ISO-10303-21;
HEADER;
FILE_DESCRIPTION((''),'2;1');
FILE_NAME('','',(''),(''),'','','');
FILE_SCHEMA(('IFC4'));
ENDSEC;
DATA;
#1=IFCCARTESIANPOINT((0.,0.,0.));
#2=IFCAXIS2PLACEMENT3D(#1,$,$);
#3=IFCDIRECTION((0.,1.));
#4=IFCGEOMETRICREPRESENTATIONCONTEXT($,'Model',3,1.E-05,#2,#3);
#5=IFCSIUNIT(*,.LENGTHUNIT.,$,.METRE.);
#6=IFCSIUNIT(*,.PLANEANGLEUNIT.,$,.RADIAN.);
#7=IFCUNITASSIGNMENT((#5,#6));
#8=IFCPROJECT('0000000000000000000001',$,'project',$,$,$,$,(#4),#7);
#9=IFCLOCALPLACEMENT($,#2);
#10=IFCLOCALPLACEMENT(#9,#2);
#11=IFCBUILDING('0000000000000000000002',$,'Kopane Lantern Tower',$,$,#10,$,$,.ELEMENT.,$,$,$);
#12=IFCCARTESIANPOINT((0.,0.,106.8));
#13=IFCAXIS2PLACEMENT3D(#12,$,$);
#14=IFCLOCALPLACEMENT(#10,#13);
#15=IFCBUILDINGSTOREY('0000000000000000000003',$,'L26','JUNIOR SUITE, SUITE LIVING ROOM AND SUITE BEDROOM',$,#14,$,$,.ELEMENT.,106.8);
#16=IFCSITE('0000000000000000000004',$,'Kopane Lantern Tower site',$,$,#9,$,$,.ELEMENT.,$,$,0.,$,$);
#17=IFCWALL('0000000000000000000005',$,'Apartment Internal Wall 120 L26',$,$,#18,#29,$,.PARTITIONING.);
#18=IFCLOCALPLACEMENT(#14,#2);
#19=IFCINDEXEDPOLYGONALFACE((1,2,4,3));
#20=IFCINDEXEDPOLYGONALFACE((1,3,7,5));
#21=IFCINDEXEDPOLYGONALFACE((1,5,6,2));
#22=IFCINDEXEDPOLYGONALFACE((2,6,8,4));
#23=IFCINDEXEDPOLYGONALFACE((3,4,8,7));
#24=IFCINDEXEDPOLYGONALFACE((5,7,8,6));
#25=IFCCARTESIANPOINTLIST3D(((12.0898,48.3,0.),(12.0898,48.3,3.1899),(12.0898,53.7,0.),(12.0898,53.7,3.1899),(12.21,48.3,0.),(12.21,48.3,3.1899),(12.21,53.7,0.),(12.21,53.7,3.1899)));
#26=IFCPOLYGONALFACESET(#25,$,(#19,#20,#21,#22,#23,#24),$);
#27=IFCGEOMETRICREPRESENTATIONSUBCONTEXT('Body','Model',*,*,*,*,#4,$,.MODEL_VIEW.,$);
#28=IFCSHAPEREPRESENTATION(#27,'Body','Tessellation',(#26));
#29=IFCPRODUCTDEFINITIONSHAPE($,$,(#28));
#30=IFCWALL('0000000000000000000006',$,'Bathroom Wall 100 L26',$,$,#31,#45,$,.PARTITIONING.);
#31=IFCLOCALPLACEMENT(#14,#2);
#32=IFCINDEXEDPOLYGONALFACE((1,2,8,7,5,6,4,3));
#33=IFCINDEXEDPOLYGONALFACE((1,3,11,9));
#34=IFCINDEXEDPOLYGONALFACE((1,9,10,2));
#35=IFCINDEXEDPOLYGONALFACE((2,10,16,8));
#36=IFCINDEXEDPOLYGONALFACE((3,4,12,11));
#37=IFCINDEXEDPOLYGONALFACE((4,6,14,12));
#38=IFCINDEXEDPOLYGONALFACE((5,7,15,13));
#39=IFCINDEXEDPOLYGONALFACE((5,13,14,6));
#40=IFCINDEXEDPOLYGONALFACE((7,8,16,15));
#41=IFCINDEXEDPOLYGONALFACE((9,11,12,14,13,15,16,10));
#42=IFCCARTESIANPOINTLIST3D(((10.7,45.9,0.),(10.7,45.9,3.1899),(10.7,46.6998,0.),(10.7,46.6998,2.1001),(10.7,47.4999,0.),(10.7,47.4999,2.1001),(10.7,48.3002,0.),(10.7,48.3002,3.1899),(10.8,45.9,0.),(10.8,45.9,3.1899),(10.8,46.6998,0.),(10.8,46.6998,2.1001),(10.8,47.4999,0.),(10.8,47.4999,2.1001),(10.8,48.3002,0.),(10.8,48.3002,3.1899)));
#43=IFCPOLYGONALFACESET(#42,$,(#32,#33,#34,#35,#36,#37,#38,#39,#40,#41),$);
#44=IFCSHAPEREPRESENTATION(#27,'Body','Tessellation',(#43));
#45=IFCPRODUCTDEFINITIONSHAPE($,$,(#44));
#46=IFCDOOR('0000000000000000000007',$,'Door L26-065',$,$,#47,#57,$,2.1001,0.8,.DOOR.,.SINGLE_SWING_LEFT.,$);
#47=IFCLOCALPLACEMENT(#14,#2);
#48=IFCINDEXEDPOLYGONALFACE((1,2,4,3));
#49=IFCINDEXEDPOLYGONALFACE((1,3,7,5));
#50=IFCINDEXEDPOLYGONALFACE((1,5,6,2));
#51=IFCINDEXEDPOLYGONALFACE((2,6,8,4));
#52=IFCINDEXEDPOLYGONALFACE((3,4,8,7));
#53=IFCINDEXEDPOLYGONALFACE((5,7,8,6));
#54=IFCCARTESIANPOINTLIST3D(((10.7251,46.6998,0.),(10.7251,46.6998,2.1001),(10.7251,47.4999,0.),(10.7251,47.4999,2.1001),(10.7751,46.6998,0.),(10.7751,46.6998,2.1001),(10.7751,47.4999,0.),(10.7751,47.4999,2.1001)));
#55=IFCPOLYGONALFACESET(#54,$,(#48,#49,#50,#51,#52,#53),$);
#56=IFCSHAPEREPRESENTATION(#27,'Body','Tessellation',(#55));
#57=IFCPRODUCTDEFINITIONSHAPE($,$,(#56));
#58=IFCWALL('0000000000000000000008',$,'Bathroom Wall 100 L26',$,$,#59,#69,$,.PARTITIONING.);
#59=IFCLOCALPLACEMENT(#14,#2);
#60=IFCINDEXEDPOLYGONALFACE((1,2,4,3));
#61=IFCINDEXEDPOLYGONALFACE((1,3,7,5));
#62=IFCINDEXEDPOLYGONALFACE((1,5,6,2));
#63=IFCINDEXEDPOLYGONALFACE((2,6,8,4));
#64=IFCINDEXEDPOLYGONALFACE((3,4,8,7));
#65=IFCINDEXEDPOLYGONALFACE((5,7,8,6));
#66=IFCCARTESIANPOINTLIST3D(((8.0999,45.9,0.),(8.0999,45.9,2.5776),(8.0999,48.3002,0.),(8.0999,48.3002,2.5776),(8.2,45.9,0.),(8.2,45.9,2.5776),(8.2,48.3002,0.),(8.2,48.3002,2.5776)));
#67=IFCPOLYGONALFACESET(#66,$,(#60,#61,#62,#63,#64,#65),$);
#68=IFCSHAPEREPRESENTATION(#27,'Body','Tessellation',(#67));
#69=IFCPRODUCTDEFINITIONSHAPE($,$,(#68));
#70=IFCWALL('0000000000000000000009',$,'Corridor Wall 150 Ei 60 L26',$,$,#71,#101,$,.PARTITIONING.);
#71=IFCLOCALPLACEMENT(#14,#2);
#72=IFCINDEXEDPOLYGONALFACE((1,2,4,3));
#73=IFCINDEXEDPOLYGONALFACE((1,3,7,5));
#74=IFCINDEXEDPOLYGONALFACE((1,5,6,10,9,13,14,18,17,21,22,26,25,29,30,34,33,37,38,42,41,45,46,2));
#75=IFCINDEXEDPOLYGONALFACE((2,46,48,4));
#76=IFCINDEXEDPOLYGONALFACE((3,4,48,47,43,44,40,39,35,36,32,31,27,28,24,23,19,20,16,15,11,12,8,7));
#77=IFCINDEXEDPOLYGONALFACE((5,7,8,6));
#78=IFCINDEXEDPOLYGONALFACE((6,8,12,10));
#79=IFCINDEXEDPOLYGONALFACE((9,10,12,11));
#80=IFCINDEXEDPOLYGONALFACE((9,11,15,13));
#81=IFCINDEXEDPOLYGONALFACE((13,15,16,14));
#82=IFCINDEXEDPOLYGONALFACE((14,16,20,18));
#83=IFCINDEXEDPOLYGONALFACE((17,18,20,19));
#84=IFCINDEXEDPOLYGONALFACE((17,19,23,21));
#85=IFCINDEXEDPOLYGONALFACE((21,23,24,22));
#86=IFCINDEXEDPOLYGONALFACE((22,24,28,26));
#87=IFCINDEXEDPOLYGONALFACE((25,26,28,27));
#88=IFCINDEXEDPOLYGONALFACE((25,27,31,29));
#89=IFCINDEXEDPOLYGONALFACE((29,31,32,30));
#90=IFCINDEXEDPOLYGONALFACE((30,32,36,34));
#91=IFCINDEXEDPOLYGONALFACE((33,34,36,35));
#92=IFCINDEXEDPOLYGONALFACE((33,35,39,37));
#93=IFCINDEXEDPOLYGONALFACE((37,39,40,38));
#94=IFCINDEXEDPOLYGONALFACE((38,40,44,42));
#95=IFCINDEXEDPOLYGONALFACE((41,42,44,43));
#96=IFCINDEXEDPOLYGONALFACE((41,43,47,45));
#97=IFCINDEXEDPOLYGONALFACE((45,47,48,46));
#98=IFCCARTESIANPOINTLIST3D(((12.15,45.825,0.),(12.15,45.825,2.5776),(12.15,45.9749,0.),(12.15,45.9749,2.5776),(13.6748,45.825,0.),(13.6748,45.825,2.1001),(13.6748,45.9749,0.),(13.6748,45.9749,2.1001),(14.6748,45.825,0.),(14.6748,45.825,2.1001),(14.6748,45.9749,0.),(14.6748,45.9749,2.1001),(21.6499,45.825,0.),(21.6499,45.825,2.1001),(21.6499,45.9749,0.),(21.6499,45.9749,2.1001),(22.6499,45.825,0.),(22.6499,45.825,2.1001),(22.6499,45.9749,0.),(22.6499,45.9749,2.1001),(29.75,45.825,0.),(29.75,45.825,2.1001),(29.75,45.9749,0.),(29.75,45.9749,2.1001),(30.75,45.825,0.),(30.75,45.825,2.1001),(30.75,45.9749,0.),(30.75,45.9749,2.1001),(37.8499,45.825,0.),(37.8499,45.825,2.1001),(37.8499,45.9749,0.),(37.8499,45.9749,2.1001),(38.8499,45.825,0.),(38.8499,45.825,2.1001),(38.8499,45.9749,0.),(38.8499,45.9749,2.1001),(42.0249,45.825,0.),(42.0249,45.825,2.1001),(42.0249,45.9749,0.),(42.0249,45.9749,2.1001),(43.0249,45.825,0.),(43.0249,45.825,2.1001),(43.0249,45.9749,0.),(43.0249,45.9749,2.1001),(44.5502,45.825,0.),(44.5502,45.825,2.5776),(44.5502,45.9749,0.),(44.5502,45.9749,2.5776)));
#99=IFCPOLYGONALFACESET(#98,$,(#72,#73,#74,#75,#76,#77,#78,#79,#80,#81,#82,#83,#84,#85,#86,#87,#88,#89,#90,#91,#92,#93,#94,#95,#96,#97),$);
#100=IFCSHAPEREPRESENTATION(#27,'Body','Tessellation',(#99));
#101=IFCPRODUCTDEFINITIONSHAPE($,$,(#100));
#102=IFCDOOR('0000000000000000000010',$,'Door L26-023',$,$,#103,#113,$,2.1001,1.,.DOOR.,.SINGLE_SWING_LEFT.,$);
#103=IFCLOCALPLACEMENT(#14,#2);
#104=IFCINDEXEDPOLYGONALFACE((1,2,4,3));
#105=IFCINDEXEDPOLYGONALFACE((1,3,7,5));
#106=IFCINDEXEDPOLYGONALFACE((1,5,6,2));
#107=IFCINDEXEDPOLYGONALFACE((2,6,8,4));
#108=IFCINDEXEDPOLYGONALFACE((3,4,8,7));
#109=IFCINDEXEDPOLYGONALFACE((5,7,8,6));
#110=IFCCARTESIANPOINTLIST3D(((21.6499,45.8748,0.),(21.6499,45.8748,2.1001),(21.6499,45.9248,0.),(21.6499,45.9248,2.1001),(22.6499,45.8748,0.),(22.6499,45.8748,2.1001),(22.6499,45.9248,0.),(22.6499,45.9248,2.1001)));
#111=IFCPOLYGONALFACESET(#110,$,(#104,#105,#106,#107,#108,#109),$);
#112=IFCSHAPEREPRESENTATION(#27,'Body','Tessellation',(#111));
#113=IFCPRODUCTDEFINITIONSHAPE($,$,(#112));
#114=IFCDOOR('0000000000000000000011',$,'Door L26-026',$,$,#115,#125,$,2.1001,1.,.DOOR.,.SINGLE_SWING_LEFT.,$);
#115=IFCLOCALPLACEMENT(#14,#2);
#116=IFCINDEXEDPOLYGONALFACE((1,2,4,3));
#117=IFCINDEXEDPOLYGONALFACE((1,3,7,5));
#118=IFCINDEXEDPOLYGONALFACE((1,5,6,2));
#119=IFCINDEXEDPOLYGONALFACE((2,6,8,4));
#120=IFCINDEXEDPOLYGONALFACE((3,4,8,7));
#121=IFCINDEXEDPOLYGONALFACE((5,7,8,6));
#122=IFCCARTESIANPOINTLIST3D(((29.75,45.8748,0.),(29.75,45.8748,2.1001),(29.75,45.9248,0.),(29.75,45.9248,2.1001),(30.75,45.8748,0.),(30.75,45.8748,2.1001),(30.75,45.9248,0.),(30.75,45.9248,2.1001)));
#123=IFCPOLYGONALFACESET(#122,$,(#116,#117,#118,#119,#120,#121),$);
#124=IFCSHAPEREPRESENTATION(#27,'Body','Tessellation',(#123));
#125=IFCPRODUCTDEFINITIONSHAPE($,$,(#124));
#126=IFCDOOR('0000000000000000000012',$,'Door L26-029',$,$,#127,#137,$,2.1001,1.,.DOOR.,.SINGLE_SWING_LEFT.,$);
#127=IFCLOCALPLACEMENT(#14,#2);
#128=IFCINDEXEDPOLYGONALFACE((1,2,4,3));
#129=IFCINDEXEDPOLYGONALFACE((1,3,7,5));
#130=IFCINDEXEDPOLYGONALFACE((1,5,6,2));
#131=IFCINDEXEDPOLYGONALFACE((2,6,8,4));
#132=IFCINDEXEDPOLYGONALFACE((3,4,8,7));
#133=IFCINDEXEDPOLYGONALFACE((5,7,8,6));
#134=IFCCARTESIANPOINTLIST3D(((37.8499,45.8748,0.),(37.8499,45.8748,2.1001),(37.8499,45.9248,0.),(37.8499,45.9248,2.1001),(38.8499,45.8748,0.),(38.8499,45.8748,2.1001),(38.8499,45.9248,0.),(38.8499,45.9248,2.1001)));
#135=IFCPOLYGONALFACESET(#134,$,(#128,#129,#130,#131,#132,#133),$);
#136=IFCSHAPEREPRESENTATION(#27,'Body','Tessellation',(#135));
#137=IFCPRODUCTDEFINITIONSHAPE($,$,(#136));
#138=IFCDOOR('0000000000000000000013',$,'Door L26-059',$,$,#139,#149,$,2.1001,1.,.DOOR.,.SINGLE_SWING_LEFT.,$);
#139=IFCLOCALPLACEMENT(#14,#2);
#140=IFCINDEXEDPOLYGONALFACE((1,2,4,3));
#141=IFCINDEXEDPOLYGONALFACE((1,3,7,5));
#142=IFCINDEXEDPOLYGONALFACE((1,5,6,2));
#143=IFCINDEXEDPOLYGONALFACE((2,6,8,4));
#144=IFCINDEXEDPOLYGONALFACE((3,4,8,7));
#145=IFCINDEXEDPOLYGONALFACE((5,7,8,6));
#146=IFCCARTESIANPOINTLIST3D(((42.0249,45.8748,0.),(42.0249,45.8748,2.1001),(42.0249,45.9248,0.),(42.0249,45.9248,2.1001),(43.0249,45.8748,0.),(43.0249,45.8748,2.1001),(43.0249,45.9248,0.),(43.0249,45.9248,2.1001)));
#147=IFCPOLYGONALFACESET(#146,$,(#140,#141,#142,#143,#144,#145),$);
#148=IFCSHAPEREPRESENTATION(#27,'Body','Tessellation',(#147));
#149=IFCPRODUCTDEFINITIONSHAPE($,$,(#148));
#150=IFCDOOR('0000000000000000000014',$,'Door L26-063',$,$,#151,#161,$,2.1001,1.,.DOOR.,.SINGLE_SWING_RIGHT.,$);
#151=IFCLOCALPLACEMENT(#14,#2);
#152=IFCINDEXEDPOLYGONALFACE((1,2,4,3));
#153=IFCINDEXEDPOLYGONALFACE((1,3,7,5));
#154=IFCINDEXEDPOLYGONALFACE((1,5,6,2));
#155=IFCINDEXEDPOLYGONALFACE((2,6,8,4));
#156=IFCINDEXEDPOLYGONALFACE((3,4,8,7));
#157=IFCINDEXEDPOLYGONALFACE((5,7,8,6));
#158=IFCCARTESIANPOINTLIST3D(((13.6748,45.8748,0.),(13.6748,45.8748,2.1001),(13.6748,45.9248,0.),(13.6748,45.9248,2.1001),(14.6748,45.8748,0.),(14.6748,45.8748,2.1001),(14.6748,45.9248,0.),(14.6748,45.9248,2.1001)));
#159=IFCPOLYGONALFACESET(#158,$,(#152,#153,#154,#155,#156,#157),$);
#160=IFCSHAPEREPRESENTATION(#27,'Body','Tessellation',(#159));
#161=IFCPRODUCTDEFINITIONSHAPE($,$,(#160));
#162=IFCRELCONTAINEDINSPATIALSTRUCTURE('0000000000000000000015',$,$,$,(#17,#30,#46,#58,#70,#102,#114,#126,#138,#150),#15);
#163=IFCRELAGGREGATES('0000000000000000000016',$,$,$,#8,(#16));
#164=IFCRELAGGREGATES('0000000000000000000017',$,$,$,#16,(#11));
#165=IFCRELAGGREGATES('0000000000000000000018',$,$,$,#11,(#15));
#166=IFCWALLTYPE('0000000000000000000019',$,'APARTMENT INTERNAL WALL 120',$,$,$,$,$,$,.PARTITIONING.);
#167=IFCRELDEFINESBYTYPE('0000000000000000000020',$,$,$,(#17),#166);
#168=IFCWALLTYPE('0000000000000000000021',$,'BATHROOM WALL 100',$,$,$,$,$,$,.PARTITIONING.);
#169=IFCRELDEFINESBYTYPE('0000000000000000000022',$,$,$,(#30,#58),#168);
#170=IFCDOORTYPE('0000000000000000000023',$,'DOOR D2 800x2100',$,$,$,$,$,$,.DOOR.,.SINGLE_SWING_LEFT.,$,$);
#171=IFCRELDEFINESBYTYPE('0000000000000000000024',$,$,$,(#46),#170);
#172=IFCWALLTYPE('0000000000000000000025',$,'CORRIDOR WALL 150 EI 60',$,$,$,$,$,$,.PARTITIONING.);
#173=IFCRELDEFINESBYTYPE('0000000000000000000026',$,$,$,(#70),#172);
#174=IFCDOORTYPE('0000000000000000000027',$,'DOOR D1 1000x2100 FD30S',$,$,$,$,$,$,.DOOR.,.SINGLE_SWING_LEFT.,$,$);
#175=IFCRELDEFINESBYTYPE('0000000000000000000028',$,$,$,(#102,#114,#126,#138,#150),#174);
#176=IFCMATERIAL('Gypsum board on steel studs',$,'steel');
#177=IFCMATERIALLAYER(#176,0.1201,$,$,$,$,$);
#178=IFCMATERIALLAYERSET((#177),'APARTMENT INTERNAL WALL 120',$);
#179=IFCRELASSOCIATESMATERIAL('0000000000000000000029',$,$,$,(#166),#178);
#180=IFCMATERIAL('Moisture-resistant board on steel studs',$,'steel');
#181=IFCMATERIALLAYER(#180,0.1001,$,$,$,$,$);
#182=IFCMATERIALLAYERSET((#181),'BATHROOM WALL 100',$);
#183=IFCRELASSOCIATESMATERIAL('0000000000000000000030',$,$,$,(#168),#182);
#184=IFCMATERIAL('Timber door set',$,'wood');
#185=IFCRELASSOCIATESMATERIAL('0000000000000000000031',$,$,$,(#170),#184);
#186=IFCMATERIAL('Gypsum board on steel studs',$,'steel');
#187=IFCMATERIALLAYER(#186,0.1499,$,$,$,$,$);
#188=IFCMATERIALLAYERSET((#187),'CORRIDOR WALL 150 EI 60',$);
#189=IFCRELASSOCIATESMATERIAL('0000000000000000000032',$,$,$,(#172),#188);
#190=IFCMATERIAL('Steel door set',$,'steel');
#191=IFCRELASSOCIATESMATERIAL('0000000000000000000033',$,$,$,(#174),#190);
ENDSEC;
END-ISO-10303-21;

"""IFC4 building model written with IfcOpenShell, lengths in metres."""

from ifc_helpers import new_model, si_unit, direction, frame, frame_2d, origin, place, context, subcontext, project, spatial, rectangle, extrude, material, layer, layer_set, type_object, element, fill, save


model = new_model("IFC4")

# Units and contexts
model_context = context("Model", 3, precision=1e-05, world=origin(), true_north=direction((0.0, 1.0)))
body_context = subcontext(model_context, "Body", "Model", "MODEL_VIEW")
ifc_project = project(units=[si_unit("LENGTHUNIT", "METRE"), si_unit("PLANEANGLEUNIT", "RADIAN")], contexts=[model_context])

# Site, building, storey
site_placement = place(None, origin())
site = spatial("IfcSite", under=ifc_project, at=site_placement, Name="Kopane Lantern Tower site", CompositionType="ELEMENT", RefElevation=0.0)
building_placement = place(site_placement, origin())
building = spatial("IfcBuilding", under=site, at=building_placement, Name="Kopane Lantern Tower", CompositionType="ELEMENT")
storey_placement = place(building_placement, frame((0.0, 0.0, 106.8)))
storey = spatial("IfcBuildingStorey", under=building, at=storey_placement, Name="L26", Description="JUNIOR SUITE, SUITE LIVING ROOM AND SUITE BEDROOM", CompositionType="ELEMENT", Elevation=106.8)

# Shared definitions
ifc_material_1 = material(Name="Gypsum board on steel studs", Category="steel")
ifc_layer_1 = layer(ifc_material_1, 0.1201)
ifc_layer_set_1 = layer_set([ifc_layer_1], Name="APARTMENT INTERNAL WALL 120")
wall_type_1 = type_object("IfcWallType", Name="APARTMENT INTERNAL WALL 120", PredefinedType="PARTITIONING", material=ifc_layer_set_1)

# Wall
wall_1_placement = place(storey_placement, frame((12.1499, 48.3, 0.0), z_axis=(0.0, 0.0, 1.0), x_axis=(0.0, 1.0, 0.0)))
element("IfcWall", 1, at=wall_1_placement, inside=storey, type_object=wall_type_1, Name="Apartment Internal Wall 120 L26", PredefinedType="PARTITIONING", context=body_context, shape_type="SweptSolid", body=[
    extrude(rectangle(XDim=5.3999, YDim=0.1201, at=frame_2d((2.7, 0.0))), origin(), (0.0, 0.0, 1.0), 3.1899),
])

# Wall, opening, door
ifc_material_2 = material(Name="Moisture-resistant board on steel studs", Category="steel")
ifc_layer_2 = layer(ifc_material_2, 0.1001)
ifc_layer_set_2 = layer_set([ifc_layer_2], Name="BATHROOM WALL 100")
wall_type_2 = type_object("IfcWallType", Name="BATHROOM WALL 100", PredefinedType="PARTITIONING", material=ifc_layer_set_2)
wall_2_placement = place(storey_placement, frame((10.75, 45.8999, 0.0), z_axis=(0.0, 0.0, 1.0), x_axis=(0.0, 1.0, 0.0)))
wall_2 = element("IfcWall", 2, at=wall_2_placement, inside=storey, type_object=wall_type_2, Name="Bathroom Wall 100 L26", PredefinedType="PARTITIONING", context=body_context, shape_type="SweptSolid", body=[
    extrude(rectangle(XDim=2.4001, YDim=0.1001, at=frame_2d((1.2002, 0.0))), origin(), (0.0, 0.0, 1.0), 3.1899),
])
opening_1_placement = place(wall_2_placement, frame((0.8, 0.0, 0.0)))
opening_1 = element("IfcOpeningElement", 3, at=opening_1_placement, cuts=wall_2, PredefinedType="OPENING", context=body_context, shape_type="SweptSolid", body=[
    extrude(rectangle(XDim=0.8, YDim=2.1001, at=frame_2d((0.3999, 1.05))), frame((0.0, 0.0601, 0.0), z_axis=(0.0, -1.0, 0.0), x_axis=(1.0, 0.0, 0.0)), (0.0, 0.0, 1.0), 0.1201),
])
ifc_material_3 = material(Name="Timber door set", Category="wood")
door_type_1 = type_object("IfcDoorType", Name="DOOR D2 800x2100", OperationType="SINGLE_SWING_LEFT", PredefinedType="DOOR", material=ifc_material_3)
door_1_placement = place(opening_1_placement, origin())
door_1 = element("IfcDoor", 4, at=door_1_placement, inside=storey, type_object=door_type_1, Name="Door L26-065", OperationType="SINGLE_SWING_LEFT", OverallHeight=2.1001, OverallWidth=0.8, PredefinedType="DOOR", context=body_context, shape_type="SweptSolid", body=[
    extrude(rectangle(XDim=0.8, YDim=2.1001, at=frame_2d((0.3999, 1.05))), frame((0.0, 0.0249, 0.0), z_axis=(0.0, -1.0, 0.0), x_axis=(1.0, 0.0, 0.0)), (0.0, 0.0, 1.0), 0.05),
])
fill(opening_1, door_1)

# Wall
wall_3_placement = place(storey_placement, frame((8.1499, 45.8999, 0.0), z_axis=(0.0, 0.0, 1.0), x_axis=(0.0, 1.0, 0.0)))
element("IfcWall", 5, at=wall_3_placement, inside=storey, type_object=wall_type_2, Name="Bathroom Wall 100 L26", PredefinedType="PARTITIONING", context=body_context, shape_type="SweptSolid", body=[
    extrude(rectangle(XDim=2.4001, YDim=0.1001, at=frame_2d((1.2002, 0.0))), origin(), (0.0, 0.0, 1.0), 2.5776),
])

# Wall, openings, doors
ifc_material_4 = material(Name="Gypsum board on steel studs", Category="steel")
ifc_layer_3 = layer(ifc_material_4, 0.1499)
ifc_layer_set_3 = layer_set([ifc_layer_3], Name="CORRIDOR WALL 150 EI 60")
wall_type_3 = type_object("IfcWallType", Name="CORRIDOR WALL 150 EI 60", PredefinedType="PARTITIONING", material=ifc_layer_set_3)
wall_4_placement = place(storey_placement, frame((12.1499, 45.8999, 0.0), z_axis=(0.0, 0.0, 1.0), x_axis=(1.0, 0.0, 0.0)))
wall_4 = element("IfcWall", 6, at=wall_4_placement, inside=storey, type_object=wall_type_3, Name="Corridor Wall 150 Ei 60 L26", PredefinedType="PARTITIONING", context=body_context, shape_type="SweptSolid", body=[
    extrude(rectangle(XDim=32.4001, YDim=0.1499, at=frame_2d((16.2002, 0.0))), origin(), (0.0, 0.0, 1.0), 2.5776),
])
opening_2_placement = place(wall_4_placement, frame((9.5, 0.0, 0.0)))
opening_2 = element("IfcOpeningElement", 7, at=opening_2_placement, cuts=wall_4, PredefinedType="OPENING", context=body_context, shape_type="SweptSolid", body=[
    extrude(rectangle(XDim=1.0, YDim=2.1001, at=frame_2d((0.5, 1.05))), frame((0.0, 0.085, 0.0), z_axis=(0.0, -1.0, 0.0), x_axis=(1.0, 0.0, 0.0)), (0.0, 0.0, 1.0), 0.1699),
])
opening_3_placement = place(wall_4_placement, frame((17.6001, 0.0, 0.0)))
opening_3 = element("IfcOpeningElement", 8, at=opening_3_placement, cuts=wall_4, PredefinedType="OPENING", context=body_context, shape_type="SweptSolid", body=[
    extrude(rectangle(XDim=1.0, YDim=2.1001, at=frame_2d((0.5, 1.05))), frame((0.0, 0.085, 0.0), z_axis=(0.0, -1.0, 0.0), x_axis=(1.0, 0.0, 0.0)), (0.0, 0.0, 1.0), 0.1699),
])
opening_4_placement = place(wall_4_placement, frame((25.7, 0.0, 0.0)))
opening_4 = element("IfcOpeningElement", 9, at=opening_4_placement, cuts=wall_4, PredefinedType="OPENING", context=body_context, shape_type="SweptSolid", body=[
    extrude(rectangle(XDim=1.0, YDim=2.1001, at=frame_2d((0.5, 1.05))), frame((0.0, 0.085, 0.0), z_axis=(0.0, -1.0, 0.0), x_axis=(1.0, 0.0, 0.0)), (0.0, 0.0, 1.0), 0.1699),
])
opening_5_placement = place(wall_4_placement, frame((29.875, 0.0, 0.0)))
opening_5 = element("IfcOpeningElement", 10, at=opening_5_placement, cuts=wall_4, PredefinedType="OPENING", context=body_context, shape_type="SweptSolid", body=[
    extrude(rectangle(XDim=1.0, YDim=2.1001, at=frame_2d((0.5, 1.05))), frame((0.0, 0.085, 0.0), z_axis=(0.0, -1.0, 0.0), x_axis=(1.0, 0.0, 0.0)), (0.0, 0.0, 1.0), 0.1699),
])
opening_6_placement = place(wall_4_placement, frame((1.5249, 0.0, 0.0)))
opening_6 = element("IfcOpeningElement", 11, at=opening_6_placement, cuts=wall_4, PredefinedType="OPENING", context=body_context, shape_type="SweptSolid", body=[
    extrude(rectangle(XDim=1.0, YDim=2.1001, at=frame_2d((0.5, 1.05))), frame((0.0, 0.085, 0.0), z_axis=(0.0, -1.0, 0.0), x_axis=(1.0, 0.0, 0.0)), (0.0, 0.0, 1.0), 0.1699),
])
ifc_material_5 = material(Name="Steel door set", Category="steel")
door_type_2 = type_object("IfcDoorType", Name="DOOR D1 1000x2100 FD30S", OperationType="SINGLE_SWING_LEFT", PredefinedType="DOOR", material=ifc_material_5)
door_2_placement = place(opening_2_placement, origin())
door_2 = element("IfcDoor", 12, at=door_2_placement, inside=storey, type_object=door_type_2, Name="Door L26-023", OperationType="SINGLE_SWING_LEFT", OverallHeight=2.1001, OverallWidth=1.0, PredefinedType="DOOR", context=body_context, shape_type="SweptSolid", body=[
    extrude(rectangle(XDim=1.0, YDim=2.1001, at=frame_2d((0.5, 1.05))), frame((0.0, 0.0249, 0.0), z_axis=(0.0, -1.0, 0.0), x_axis=(1.0, 0.0, 0.0)), (0.0, 0.0, 1.0), 0.05),
])
fill(opening_2, door_2)
door_3_placement = place(opening_3_placement, origin())
door_3 = element("IfcDoor", 13, at=door_3_placement, inside=storey, type_object=door_type_2, Name="Door L26-026", OperationType="SINGLE_SWING_LEFT", OverallHeight=2.1001, OverallWidth=1.0, PredefinedType="DOOR", context=body_context, shape_type="SweptSolid", body=[
    extrude(rectangle(XDim=1.0, YDim=2.1001, at=frame_2d((0.5, 1.05))), frame((0.0, 0.0249, 0.0), z_axis=(0.0, -1.0, 0.0), x_axis=(1.0, 0.0, 0.0)), (0.0, 0.0, 1.0), 0.05),
])
fill(opening_3, door_3)
door_4_placement = place(opening_4_placement, origin())
door_4 = element("IfcDoor", 14, at=door_4_placement, inside=storey, type_object=door_type_2, Name="Door L26-029", OperationType="SINGLE_SWING_LEFT", OverallHeight=2.1001, OverallWidth=1.0, PredefinedType="DOOR", context=body_context, shape_type="SweptSolid", body=[
    extrude(rectangle(XDim=1.0, YDim=2.1001, at=frame_2d((0.5, 1.05))), frame((0.0, 0.0249, 0.0), z_axis=(0.0, -1.0, 0.0), x_axis=(1.0, 0.0, 0.0)), (0.0, 0.0, 1.0), 0.05),
])
fill(opening_4, door_4)
door_5_placement = place(opening_5_placement, origin())
door_5 = element("IfcDoor", 15, at=door_5_placement, inside=storey, type_object=door_type_2, Name="Door L26-059", OperationType="SINGLE_SWING_LEFT", OverallHeight=2.1001, OverallWidth=1.0, PredefinedType="DOOR", context=body_context, shape_type="SweptSolid", body=[
    extrude(rectangle(XDim=1.0, YDim=2.1001, at=frame_2d((0.5, 1.05))), frame((0.0, 0.0249, 0.0), z_axis=(0.0, -1.0, 0.0), x_axis=(1.0, 0.0, 0.0)), (0.0, 0.0, 1.0), 0.05),
])
fill(opening_5, door_5)
door_6_placement = place(opening_6_placement, origin())
door_6 = element("IfcDoor", 16, at=door_6_placement, inside=storey, type_object=door_type_2, Name="Door L26-063", OperationType="SINGLE_SWING_RIGHT", OverallHeight=2.1001, OverallWidth=1.0, PredefinedType="DOOR", context=body_context, shape_type="SweptSolid", body=[
    extrude(rectangle(XDim=1.0, YDim=2.1001, at=frame_2d((0.5, 1.05))), frame((0.0, 0.0249, 0.0), z_axis=(0.0, -1.0, 0.0), x_axis=(1.0, 0.0, 0.0)), (0.0, 0.0, 1.0), 0.05),
])
fill(opening_6, door_6)

save(model, "model.ifc")
